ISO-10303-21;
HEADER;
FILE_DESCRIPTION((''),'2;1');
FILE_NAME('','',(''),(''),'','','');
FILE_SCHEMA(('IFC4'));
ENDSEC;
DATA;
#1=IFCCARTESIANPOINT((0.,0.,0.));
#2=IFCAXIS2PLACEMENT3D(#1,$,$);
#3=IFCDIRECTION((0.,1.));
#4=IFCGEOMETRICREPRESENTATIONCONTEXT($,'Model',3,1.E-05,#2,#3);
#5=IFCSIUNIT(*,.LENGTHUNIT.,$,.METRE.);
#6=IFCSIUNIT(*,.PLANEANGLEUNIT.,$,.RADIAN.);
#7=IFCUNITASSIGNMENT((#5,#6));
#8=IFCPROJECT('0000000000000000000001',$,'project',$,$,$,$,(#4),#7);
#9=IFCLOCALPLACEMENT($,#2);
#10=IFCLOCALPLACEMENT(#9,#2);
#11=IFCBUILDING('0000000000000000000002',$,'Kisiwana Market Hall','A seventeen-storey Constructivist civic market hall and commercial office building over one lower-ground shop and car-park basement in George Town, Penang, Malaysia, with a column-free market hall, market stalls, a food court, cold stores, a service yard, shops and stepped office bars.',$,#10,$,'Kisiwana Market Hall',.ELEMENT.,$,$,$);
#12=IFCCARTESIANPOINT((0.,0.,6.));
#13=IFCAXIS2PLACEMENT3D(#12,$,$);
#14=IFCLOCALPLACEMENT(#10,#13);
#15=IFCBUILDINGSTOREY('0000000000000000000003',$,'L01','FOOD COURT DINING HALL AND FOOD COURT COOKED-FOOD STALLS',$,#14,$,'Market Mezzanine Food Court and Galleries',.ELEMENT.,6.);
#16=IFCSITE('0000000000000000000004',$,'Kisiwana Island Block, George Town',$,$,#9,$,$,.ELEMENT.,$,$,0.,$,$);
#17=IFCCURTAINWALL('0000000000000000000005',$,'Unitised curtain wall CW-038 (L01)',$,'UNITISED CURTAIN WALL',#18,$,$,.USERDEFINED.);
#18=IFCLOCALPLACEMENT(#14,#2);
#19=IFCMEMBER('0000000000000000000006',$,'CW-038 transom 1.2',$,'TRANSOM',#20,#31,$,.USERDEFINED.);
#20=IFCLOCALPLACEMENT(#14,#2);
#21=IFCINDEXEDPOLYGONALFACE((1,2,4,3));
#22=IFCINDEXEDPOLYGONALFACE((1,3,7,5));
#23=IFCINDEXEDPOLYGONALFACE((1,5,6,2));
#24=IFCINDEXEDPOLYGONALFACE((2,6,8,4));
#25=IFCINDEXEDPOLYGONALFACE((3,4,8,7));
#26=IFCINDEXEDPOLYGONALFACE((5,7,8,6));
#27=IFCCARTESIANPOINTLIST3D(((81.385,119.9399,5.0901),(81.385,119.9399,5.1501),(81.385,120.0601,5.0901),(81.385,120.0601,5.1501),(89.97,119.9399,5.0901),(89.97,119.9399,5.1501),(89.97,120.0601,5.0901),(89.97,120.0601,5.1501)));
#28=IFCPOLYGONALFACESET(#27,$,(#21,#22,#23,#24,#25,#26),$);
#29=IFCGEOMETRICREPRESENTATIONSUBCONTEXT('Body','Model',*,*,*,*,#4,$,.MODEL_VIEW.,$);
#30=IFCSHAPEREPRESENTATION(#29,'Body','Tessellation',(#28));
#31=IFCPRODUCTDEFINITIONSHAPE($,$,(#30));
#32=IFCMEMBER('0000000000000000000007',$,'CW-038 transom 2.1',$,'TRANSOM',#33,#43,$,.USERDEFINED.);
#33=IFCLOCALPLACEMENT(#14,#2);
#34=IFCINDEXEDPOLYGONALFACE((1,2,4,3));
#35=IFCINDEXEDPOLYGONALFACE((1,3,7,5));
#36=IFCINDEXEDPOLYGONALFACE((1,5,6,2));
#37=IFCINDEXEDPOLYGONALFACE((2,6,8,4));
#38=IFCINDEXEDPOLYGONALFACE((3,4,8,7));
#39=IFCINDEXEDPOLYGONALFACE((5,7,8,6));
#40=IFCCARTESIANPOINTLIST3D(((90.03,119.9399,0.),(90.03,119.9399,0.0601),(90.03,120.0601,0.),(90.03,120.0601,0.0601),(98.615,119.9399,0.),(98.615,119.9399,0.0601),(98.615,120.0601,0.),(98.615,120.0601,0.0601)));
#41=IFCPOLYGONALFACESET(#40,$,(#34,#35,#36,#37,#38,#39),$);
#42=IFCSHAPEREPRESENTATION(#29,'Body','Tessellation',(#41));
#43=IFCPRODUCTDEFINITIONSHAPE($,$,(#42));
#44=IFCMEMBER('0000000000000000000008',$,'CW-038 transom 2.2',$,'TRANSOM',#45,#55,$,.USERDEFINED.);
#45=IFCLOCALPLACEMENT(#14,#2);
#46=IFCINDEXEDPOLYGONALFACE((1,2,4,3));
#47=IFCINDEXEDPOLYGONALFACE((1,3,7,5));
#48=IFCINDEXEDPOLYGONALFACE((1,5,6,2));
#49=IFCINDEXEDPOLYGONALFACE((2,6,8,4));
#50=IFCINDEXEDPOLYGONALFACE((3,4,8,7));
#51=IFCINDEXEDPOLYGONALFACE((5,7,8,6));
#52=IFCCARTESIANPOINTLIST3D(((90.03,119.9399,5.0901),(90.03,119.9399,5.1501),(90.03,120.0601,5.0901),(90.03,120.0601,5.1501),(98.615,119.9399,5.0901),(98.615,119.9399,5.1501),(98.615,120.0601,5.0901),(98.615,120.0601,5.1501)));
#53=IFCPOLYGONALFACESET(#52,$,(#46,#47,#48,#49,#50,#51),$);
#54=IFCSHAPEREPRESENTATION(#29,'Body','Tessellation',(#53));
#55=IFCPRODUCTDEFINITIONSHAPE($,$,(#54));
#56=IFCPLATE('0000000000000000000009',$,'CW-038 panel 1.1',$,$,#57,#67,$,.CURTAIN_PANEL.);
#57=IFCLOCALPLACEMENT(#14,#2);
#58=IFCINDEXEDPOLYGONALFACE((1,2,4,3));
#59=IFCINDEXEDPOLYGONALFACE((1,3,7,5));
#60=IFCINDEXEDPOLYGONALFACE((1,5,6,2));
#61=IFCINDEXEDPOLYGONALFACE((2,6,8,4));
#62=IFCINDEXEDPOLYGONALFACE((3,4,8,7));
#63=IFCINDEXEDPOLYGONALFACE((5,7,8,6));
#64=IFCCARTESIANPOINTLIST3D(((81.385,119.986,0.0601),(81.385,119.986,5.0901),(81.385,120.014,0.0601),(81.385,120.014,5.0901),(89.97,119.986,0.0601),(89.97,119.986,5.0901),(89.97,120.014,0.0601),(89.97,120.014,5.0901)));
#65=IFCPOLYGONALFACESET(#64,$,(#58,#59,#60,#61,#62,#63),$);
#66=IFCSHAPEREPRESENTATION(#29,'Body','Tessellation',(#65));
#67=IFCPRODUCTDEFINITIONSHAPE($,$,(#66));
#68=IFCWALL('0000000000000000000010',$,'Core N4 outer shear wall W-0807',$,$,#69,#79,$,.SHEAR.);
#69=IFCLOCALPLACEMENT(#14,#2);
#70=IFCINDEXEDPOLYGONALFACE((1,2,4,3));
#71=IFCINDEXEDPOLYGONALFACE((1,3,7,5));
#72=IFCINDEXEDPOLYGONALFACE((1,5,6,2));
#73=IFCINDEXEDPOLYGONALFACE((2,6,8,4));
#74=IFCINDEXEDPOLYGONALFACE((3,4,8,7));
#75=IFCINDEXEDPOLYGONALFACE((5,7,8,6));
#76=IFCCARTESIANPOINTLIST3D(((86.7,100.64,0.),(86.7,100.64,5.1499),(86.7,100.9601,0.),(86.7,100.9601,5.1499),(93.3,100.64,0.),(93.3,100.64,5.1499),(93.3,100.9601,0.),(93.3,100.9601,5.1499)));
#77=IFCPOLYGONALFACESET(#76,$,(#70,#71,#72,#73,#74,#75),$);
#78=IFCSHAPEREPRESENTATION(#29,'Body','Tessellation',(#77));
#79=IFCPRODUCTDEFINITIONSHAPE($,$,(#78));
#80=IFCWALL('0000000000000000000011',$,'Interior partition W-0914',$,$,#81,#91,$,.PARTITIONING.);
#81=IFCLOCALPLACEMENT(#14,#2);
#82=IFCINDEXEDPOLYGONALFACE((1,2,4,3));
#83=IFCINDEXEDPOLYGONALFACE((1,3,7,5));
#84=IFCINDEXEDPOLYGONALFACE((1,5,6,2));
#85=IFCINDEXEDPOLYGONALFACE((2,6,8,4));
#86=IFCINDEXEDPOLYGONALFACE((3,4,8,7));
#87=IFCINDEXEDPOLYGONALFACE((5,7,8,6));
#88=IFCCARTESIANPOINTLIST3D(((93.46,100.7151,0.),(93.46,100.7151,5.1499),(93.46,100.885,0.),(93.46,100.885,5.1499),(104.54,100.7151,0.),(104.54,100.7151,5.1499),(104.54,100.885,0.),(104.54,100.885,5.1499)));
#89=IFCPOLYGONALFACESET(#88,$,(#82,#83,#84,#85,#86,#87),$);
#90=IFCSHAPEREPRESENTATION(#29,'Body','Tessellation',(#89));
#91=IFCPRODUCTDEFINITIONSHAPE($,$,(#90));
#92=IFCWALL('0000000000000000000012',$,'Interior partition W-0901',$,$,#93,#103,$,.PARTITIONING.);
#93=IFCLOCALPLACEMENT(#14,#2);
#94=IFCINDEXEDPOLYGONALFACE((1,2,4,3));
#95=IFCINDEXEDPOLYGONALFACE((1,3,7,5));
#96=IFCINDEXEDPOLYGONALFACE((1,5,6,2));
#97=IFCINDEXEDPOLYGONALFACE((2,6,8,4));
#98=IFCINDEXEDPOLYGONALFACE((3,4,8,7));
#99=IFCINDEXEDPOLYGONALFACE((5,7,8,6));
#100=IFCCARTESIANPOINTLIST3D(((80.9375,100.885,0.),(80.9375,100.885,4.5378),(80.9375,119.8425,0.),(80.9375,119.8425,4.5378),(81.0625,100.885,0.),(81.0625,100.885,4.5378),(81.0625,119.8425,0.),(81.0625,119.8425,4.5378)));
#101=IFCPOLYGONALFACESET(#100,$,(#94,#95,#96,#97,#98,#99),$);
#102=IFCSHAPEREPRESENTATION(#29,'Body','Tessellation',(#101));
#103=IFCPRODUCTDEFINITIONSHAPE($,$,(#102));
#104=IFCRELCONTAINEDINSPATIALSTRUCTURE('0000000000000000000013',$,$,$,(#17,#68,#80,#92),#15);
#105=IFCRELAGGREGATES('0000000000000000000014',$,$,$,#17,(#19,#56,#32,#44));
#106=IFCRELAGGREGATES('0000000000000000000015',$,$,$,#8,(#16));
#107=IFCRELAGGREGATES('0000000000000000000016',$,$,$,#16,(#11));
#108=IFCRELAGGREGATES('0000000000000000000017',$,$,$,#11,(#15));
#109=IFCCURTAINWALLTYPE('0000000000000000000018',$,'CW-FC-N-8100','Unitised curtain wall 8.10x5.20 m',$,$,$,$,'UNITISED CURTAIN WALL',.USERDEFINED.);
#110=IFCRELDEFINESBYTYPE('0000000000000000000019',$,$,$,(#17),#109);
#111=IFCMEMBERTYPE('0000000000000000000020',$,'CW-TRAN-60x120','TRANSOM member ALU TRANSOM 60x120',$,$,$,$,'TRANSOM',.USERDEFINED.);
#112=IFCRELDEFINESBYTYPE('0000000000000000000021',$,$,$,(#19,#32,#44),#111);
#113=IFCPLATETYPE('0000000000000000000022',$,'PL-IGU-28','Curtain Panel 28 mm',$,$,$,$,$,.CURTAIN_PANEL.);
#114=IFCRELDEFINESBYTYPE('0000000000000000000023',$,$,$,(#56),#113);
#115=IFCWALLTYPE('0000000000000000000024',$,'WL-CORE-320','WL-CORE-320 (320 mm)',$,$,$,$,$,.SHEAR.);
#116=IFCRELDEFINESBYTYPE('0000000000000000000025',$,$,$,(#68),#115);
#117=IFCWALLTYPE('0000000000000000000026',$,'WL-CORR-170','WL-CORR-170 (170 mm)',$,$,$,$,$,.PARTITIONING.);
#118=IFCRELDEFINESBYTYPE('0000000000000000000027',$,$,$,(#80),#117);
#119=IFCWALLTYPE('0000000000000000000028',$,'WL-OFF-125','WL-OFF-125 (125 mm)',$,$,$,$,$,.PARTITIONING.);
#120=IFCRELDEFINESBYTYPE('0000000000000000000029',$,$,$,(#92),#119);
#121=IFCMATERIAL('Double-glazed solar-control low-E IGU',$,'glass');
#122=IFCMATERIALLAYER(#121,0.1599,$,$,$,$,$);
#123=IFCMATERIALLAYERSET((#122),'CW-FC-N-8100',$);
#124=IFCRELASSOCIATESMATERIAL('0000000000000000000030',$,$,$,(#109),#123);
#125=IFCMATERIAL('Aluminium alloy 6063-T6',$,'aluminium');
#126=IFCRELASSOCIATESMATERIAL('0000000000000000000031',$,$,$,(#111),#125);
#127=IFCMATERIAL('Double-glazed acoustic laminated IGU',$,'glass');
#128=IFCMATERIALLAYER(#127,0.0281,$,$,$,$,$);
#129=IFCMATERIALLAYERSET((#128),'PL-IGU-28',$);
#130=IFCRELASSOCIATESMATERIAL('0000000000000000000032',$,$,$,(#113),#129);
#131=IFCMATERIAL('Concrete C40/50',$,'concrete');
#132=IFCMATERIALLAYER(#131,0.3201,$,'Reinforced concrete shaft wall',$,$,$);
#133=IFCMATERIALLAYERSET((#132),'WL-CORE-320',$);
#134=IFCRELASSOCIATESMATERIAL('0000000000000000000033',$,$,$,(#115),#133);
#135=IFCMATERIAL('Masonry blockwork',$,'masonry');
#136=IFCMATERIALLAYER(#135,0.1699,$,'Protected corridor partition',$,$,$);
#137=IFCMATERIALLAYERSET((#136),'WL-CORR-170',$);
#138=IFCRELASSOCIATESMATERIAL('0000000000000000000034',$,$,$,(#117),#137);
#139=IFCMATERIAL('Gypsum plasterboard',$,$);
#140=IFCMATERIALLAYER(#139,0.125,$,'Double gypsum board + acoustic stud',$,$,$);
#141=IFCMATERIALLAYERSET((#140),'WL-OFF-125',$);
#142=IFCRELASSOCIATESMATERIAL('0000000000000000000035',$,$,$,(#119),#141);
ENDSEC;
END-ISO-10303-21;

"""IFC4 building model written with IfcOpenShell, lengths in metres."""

from ifc_helpers import new_model, si_unit, direction, frame, frame_2d, origin, origin_2d, place, context, subcontext, project, spatial, rectangle, extrude, material, layer, layer_set, material_profile, profile_set, type_object, element, aggregate, save


model = new_model("IFC4")

# Units and contexts
model_context = context("Model", 3, precision=1e-05, world=origin(), true_north=direction((0.0, 1.0)))
body_context = subcontext(model_context, "Body", "Model", "MODEL_VIEW")
ifc_project = project(units=[si_unit("LENGTHUNIT", "METRE"), si_unit("PLANEANGLEUNIT", "RADIAN")], contexts=[model_context])

# Site, building, storey
site_placement = place(None, origin())
site = spatial("IfcSite", under=ifc_project, at=site_placement, Name="Kisiwana Island Block, George Town", CompositionType="ELEMENT", RefElevation=0.0)
building_placement = place(site_placement, origin())
building = spatial("IfcBuilding", under=site, at=building_placement, Name="Kisiwana Market Hall", Description="A seventeen-storey Constructivist civic market hall and commercial office building over one lower-ground shop and car-park basement in George Town, Penang, Malaysia, with a column-free market hall, market stalls, a food court, cold stores, a service yard, shops and stepped office bars.", LongName="Kisiwana Market Hall", CompositionType="ELEMENT")
storey_placement = place(building_placement, frame((0.0, 0.0, 6.0)))
storey = spatial("IfcBuildingStorey", under=building, at=storey_placement, Name="L01", Description="FOOD COURT DINING HALL AND FOOD COURT COOKED-FOOD STALLS", LongName="Market Mezzanine Food Court and Galleries", CompositionType="ELEMENT", Elevation=6.0)

# Curtain wall, members, plate
ifc_material_1 = material(Name="Double-glazed solar-control low-E IGU", Category="glass")
ifc_layer_1 = layer(ifc_material_1, 0.1599)
ifc_layer_set_1 = layer_set([ifc_layer_1], Name="CW-FC-N-8100")
curtain_wall_type = type_object("IfcCurtainWallType", Name="CW-FC-N-8100", Description="Unitised curtain wall 8.10x5.20 m", ElementType="UNITISED CURTAIN WALL", PredefinedType="USERDEFINED", material=ifc_layer_set_1)
curtain_wall_placement = place(storey_placement, origin())
curtain_wall = element("IfcCurtainWall", 1, at=curtain_wall_placement, inside=storey, type_object=curtain_wall_type, Name="Unitised curtain wall CW-038 (L01)", ObjectType="UNITISED CURTAIN WALL", PredefinedType="USERDEFINED")
ifc_material_2 = material(Name="Aluminium alloy 6063-T6", Category="aluminium")
ifc_material_profile_1 = material_profile(ifc_material_2, rectangle(XDim=0.1201, YDim=0.0601, at=origin_2d()), Name="ALU TRANSOM 60x120")
ifc_profile_set_1 = profile_set([ifc_material_profile_1], Name="Aluminium alloy 6063-T6")
member_type_1 = type_object("IfcMemberType", Name="CW-TRAN-60x120", Description="TRANSOM member ALU TRANSOM 60x120", ElementType="TRANSOM", PredefinedType="USERDEFINED", material=ifc_profile_set_1)
member_1_placement = place(storey_placement, frame((81.385, 120.0, 5.1201), z_axis=(1.0, 0.0, 0.0), x_axis=(0.0, 1.0, 0.0)))
member_1 = element("IfcMember", 2, at=member_1_placement, type_object=member_type_1, Name="CW-038 transom 1.2", ObjectType="TRANSOM", PredefinedType="USERDEFINED", context=body_context, shape_type="SweptSolid", body=[
    extrude(rectangle(XDim=0.1201, YDim=0.0601, at=origin_2d()), origin(), (0.0, 0.0, 1.0), 8.585),
])
member_2_placement = place(storey_placement, frame((90.03, 120.0, 0.03), z_axis=(1.0, 0.0, 0.0), x_axis=(0.0, 1.0, 0.0)))
member_2 = element("IfcMember", 3, at=member_2_placement, type_object=member_type_1, Name="CW-038 transom 2.1", ObjectType="TRANSOM", PredefinedType="USERDEFINED", context=body_context, shape_type="SweptSolid", body=[
    extrude(rectangle(XDim=0.1201, YDim=0.0601, at=origin_2d()), origin(), (0.0, 0.0, 1.0), 8.585),
])
member_3_placement = place(storey_placement, frame((90.03, 120.0, 5.1201), z_axis=(1.0, 0.0, 0.0), x_axis=(0.0, 1.0, 0.0)))
member_3 = element("IfcMember", 4, at=member_3_placement, type_object=member_type_1, Name="CW-038 transom 2.2", ObjectType="TRANSOM", PredefinedType="USERDEFINED", context=body_context, shape_type="SweptSolid", body=[
    extrude(rectangle(XDim=0.1201, YDim=0.0601, at=origin_2d()), origin(), (0.0, 0.0, 1.0), 8.585),
])
ifc_material_3 = material(Name="Double-glazed acoustic laminated IGU", Category="glass")
ifc_layer_2 = layer(ifc_material_3, 0.0281)
ifc_layer_set_2 = layer_set([ifc_layer_2], Name="PL-IGU-28")
plate_type = type_object("IfcPlateType", Name="PL-IGU-28", Description="Curtain Panel 28 mm", PredefinedType="CURTAIN_PANEL", material=ifc_layer_set_2)
plate_placement = place(storey_placement, frame((85.6775, 120.0, 0.0601), z_axis=(0.0, 0.0, 1.0), x_axis=(1.0, 0.0, 0.0)))
plate = element("IfcPlate", 5, at=plate_placement, type_object=plate_type, Name="CW-038 panel 1.1", PredefinedType="CURTAIN_PANEL", context=body_context, shape_type="SweptSolid", body=[
    extrude(rectangle(XDim=8.585, YDim=0.0281, at=origin_2d()), origin(), (0.0, 0.0, 1.0), 5.03),
])
aggregate(curtain_wall, [member_1, plate, member_2, member_3])

# Walls
ifc_material_4 = material(Name="Concrete C40/50", Category="concrete")
ifc_layer_3 = layer(ifc_material_4, 0.3201, Name="Reinforced concrete shaft wall")
ifc_layer_set_3 = layer_set([ifc_layer_3], Name="WL-CORE-320")
wall_type_1 = type_object("IfcWallType", Name="WL-CORE-320", Description="WL-CORE-320 (320 mm)", PredefinedType="SHEAR", material=ifc_layer_set_3)
wall_1_placement = place(storey_placement, frame((86.7, 100.8, 0.0), z_axis=(0.0, 0.0, 1.0), x_axis=(1.0, 0.0, 0.0)))
element("IfcWall", 6, at=wall_1_placement, inside=storey, type_object=wall_type_1, Name="Core N4 outer shear wall W-0807", PredefinedType="SHEAR", context=body_context, shape_type="SweptSolid", body=[
    extrude(rectangle(XDim=6.6001, YDim=0.3201, at=frame_2d((3.3, 0.0))), origin(), (0.0, 0.0, 1.0), 5.1499),
])
ifc_material_5 = material(Name="Masonry blockwork", Category="masonry")
ifc_layer_4 = layer(ifc_material_5, 0.1699, Name="Protected corridor partition")
ifc_layer_set_4 = layer_set([ifc_layer_4], Name="WL-CORR-170")
wall_type_2 = type_object("IfcWallType", Name="WL-CORR-170", Description="WL-CORR-170 (170 mm)", PredefinedType="PARTITIONING", material=ifc_layer_set_4)
wall_2_placement = place(storey_placement, frame((93.46, 100.8, 0.0), z_axis=(0.0, 0.0, 1.0), x_axis=(1.0, 0.0, 0.0)))
element("IfcWall", 7, at=wall_2_placement, inside=storey, type_object=wall_type_2, Name="Interior partition W-0914", PredefinedType="PARTITIONING", context=body_context, shape_type="SweptSolid", body=[
    extrude(rectangle(XDim=11.0801, YDim=0.1699, at=frame_2d((5.54, 0.0))), origin(), (0.0, 0.0, 1.0), 5.1499),
])
ifc_material_6 = material(Name="Gypsum plasterboard")
ifc_layer_5 = layer(ifc_material_6, 0.125, Name="Double gypsum board + acoustic stud")
ifc_layer_set_5 = layer_set([ifc_layer_5], Name="WL-OFF-125")
wall_type_3 = type_object("IfcWallType", Name="WL-OFF-125", Description="WL-OFF-125 (125 mm)", PredefinedType="PARTITIONING", material=ifc_layer_set_5)
wall_3_placement = place(storey_placement, frame((81.0, 100.885, 0.0), z_axis=(0.0, 0.0, 1.0), x_axis=(0.0, 1.0, 0.0)))
element("IfcWall", 8, at=wall_3_placement, inside=storey, type_object=wall_type_3, Name="Interior partition W-0901", PredefinedType="PARTITIONING", context=body_context, shape_type="SweptSolid", body=[
    extrude(rectangle(XDim=18.9575, YDim=0.125, at=frame_2d((9.4788, 0.0))), origin(), (0.0, 0.0, 1.0), 4.5378),
])

save(model, "model.ifc")
